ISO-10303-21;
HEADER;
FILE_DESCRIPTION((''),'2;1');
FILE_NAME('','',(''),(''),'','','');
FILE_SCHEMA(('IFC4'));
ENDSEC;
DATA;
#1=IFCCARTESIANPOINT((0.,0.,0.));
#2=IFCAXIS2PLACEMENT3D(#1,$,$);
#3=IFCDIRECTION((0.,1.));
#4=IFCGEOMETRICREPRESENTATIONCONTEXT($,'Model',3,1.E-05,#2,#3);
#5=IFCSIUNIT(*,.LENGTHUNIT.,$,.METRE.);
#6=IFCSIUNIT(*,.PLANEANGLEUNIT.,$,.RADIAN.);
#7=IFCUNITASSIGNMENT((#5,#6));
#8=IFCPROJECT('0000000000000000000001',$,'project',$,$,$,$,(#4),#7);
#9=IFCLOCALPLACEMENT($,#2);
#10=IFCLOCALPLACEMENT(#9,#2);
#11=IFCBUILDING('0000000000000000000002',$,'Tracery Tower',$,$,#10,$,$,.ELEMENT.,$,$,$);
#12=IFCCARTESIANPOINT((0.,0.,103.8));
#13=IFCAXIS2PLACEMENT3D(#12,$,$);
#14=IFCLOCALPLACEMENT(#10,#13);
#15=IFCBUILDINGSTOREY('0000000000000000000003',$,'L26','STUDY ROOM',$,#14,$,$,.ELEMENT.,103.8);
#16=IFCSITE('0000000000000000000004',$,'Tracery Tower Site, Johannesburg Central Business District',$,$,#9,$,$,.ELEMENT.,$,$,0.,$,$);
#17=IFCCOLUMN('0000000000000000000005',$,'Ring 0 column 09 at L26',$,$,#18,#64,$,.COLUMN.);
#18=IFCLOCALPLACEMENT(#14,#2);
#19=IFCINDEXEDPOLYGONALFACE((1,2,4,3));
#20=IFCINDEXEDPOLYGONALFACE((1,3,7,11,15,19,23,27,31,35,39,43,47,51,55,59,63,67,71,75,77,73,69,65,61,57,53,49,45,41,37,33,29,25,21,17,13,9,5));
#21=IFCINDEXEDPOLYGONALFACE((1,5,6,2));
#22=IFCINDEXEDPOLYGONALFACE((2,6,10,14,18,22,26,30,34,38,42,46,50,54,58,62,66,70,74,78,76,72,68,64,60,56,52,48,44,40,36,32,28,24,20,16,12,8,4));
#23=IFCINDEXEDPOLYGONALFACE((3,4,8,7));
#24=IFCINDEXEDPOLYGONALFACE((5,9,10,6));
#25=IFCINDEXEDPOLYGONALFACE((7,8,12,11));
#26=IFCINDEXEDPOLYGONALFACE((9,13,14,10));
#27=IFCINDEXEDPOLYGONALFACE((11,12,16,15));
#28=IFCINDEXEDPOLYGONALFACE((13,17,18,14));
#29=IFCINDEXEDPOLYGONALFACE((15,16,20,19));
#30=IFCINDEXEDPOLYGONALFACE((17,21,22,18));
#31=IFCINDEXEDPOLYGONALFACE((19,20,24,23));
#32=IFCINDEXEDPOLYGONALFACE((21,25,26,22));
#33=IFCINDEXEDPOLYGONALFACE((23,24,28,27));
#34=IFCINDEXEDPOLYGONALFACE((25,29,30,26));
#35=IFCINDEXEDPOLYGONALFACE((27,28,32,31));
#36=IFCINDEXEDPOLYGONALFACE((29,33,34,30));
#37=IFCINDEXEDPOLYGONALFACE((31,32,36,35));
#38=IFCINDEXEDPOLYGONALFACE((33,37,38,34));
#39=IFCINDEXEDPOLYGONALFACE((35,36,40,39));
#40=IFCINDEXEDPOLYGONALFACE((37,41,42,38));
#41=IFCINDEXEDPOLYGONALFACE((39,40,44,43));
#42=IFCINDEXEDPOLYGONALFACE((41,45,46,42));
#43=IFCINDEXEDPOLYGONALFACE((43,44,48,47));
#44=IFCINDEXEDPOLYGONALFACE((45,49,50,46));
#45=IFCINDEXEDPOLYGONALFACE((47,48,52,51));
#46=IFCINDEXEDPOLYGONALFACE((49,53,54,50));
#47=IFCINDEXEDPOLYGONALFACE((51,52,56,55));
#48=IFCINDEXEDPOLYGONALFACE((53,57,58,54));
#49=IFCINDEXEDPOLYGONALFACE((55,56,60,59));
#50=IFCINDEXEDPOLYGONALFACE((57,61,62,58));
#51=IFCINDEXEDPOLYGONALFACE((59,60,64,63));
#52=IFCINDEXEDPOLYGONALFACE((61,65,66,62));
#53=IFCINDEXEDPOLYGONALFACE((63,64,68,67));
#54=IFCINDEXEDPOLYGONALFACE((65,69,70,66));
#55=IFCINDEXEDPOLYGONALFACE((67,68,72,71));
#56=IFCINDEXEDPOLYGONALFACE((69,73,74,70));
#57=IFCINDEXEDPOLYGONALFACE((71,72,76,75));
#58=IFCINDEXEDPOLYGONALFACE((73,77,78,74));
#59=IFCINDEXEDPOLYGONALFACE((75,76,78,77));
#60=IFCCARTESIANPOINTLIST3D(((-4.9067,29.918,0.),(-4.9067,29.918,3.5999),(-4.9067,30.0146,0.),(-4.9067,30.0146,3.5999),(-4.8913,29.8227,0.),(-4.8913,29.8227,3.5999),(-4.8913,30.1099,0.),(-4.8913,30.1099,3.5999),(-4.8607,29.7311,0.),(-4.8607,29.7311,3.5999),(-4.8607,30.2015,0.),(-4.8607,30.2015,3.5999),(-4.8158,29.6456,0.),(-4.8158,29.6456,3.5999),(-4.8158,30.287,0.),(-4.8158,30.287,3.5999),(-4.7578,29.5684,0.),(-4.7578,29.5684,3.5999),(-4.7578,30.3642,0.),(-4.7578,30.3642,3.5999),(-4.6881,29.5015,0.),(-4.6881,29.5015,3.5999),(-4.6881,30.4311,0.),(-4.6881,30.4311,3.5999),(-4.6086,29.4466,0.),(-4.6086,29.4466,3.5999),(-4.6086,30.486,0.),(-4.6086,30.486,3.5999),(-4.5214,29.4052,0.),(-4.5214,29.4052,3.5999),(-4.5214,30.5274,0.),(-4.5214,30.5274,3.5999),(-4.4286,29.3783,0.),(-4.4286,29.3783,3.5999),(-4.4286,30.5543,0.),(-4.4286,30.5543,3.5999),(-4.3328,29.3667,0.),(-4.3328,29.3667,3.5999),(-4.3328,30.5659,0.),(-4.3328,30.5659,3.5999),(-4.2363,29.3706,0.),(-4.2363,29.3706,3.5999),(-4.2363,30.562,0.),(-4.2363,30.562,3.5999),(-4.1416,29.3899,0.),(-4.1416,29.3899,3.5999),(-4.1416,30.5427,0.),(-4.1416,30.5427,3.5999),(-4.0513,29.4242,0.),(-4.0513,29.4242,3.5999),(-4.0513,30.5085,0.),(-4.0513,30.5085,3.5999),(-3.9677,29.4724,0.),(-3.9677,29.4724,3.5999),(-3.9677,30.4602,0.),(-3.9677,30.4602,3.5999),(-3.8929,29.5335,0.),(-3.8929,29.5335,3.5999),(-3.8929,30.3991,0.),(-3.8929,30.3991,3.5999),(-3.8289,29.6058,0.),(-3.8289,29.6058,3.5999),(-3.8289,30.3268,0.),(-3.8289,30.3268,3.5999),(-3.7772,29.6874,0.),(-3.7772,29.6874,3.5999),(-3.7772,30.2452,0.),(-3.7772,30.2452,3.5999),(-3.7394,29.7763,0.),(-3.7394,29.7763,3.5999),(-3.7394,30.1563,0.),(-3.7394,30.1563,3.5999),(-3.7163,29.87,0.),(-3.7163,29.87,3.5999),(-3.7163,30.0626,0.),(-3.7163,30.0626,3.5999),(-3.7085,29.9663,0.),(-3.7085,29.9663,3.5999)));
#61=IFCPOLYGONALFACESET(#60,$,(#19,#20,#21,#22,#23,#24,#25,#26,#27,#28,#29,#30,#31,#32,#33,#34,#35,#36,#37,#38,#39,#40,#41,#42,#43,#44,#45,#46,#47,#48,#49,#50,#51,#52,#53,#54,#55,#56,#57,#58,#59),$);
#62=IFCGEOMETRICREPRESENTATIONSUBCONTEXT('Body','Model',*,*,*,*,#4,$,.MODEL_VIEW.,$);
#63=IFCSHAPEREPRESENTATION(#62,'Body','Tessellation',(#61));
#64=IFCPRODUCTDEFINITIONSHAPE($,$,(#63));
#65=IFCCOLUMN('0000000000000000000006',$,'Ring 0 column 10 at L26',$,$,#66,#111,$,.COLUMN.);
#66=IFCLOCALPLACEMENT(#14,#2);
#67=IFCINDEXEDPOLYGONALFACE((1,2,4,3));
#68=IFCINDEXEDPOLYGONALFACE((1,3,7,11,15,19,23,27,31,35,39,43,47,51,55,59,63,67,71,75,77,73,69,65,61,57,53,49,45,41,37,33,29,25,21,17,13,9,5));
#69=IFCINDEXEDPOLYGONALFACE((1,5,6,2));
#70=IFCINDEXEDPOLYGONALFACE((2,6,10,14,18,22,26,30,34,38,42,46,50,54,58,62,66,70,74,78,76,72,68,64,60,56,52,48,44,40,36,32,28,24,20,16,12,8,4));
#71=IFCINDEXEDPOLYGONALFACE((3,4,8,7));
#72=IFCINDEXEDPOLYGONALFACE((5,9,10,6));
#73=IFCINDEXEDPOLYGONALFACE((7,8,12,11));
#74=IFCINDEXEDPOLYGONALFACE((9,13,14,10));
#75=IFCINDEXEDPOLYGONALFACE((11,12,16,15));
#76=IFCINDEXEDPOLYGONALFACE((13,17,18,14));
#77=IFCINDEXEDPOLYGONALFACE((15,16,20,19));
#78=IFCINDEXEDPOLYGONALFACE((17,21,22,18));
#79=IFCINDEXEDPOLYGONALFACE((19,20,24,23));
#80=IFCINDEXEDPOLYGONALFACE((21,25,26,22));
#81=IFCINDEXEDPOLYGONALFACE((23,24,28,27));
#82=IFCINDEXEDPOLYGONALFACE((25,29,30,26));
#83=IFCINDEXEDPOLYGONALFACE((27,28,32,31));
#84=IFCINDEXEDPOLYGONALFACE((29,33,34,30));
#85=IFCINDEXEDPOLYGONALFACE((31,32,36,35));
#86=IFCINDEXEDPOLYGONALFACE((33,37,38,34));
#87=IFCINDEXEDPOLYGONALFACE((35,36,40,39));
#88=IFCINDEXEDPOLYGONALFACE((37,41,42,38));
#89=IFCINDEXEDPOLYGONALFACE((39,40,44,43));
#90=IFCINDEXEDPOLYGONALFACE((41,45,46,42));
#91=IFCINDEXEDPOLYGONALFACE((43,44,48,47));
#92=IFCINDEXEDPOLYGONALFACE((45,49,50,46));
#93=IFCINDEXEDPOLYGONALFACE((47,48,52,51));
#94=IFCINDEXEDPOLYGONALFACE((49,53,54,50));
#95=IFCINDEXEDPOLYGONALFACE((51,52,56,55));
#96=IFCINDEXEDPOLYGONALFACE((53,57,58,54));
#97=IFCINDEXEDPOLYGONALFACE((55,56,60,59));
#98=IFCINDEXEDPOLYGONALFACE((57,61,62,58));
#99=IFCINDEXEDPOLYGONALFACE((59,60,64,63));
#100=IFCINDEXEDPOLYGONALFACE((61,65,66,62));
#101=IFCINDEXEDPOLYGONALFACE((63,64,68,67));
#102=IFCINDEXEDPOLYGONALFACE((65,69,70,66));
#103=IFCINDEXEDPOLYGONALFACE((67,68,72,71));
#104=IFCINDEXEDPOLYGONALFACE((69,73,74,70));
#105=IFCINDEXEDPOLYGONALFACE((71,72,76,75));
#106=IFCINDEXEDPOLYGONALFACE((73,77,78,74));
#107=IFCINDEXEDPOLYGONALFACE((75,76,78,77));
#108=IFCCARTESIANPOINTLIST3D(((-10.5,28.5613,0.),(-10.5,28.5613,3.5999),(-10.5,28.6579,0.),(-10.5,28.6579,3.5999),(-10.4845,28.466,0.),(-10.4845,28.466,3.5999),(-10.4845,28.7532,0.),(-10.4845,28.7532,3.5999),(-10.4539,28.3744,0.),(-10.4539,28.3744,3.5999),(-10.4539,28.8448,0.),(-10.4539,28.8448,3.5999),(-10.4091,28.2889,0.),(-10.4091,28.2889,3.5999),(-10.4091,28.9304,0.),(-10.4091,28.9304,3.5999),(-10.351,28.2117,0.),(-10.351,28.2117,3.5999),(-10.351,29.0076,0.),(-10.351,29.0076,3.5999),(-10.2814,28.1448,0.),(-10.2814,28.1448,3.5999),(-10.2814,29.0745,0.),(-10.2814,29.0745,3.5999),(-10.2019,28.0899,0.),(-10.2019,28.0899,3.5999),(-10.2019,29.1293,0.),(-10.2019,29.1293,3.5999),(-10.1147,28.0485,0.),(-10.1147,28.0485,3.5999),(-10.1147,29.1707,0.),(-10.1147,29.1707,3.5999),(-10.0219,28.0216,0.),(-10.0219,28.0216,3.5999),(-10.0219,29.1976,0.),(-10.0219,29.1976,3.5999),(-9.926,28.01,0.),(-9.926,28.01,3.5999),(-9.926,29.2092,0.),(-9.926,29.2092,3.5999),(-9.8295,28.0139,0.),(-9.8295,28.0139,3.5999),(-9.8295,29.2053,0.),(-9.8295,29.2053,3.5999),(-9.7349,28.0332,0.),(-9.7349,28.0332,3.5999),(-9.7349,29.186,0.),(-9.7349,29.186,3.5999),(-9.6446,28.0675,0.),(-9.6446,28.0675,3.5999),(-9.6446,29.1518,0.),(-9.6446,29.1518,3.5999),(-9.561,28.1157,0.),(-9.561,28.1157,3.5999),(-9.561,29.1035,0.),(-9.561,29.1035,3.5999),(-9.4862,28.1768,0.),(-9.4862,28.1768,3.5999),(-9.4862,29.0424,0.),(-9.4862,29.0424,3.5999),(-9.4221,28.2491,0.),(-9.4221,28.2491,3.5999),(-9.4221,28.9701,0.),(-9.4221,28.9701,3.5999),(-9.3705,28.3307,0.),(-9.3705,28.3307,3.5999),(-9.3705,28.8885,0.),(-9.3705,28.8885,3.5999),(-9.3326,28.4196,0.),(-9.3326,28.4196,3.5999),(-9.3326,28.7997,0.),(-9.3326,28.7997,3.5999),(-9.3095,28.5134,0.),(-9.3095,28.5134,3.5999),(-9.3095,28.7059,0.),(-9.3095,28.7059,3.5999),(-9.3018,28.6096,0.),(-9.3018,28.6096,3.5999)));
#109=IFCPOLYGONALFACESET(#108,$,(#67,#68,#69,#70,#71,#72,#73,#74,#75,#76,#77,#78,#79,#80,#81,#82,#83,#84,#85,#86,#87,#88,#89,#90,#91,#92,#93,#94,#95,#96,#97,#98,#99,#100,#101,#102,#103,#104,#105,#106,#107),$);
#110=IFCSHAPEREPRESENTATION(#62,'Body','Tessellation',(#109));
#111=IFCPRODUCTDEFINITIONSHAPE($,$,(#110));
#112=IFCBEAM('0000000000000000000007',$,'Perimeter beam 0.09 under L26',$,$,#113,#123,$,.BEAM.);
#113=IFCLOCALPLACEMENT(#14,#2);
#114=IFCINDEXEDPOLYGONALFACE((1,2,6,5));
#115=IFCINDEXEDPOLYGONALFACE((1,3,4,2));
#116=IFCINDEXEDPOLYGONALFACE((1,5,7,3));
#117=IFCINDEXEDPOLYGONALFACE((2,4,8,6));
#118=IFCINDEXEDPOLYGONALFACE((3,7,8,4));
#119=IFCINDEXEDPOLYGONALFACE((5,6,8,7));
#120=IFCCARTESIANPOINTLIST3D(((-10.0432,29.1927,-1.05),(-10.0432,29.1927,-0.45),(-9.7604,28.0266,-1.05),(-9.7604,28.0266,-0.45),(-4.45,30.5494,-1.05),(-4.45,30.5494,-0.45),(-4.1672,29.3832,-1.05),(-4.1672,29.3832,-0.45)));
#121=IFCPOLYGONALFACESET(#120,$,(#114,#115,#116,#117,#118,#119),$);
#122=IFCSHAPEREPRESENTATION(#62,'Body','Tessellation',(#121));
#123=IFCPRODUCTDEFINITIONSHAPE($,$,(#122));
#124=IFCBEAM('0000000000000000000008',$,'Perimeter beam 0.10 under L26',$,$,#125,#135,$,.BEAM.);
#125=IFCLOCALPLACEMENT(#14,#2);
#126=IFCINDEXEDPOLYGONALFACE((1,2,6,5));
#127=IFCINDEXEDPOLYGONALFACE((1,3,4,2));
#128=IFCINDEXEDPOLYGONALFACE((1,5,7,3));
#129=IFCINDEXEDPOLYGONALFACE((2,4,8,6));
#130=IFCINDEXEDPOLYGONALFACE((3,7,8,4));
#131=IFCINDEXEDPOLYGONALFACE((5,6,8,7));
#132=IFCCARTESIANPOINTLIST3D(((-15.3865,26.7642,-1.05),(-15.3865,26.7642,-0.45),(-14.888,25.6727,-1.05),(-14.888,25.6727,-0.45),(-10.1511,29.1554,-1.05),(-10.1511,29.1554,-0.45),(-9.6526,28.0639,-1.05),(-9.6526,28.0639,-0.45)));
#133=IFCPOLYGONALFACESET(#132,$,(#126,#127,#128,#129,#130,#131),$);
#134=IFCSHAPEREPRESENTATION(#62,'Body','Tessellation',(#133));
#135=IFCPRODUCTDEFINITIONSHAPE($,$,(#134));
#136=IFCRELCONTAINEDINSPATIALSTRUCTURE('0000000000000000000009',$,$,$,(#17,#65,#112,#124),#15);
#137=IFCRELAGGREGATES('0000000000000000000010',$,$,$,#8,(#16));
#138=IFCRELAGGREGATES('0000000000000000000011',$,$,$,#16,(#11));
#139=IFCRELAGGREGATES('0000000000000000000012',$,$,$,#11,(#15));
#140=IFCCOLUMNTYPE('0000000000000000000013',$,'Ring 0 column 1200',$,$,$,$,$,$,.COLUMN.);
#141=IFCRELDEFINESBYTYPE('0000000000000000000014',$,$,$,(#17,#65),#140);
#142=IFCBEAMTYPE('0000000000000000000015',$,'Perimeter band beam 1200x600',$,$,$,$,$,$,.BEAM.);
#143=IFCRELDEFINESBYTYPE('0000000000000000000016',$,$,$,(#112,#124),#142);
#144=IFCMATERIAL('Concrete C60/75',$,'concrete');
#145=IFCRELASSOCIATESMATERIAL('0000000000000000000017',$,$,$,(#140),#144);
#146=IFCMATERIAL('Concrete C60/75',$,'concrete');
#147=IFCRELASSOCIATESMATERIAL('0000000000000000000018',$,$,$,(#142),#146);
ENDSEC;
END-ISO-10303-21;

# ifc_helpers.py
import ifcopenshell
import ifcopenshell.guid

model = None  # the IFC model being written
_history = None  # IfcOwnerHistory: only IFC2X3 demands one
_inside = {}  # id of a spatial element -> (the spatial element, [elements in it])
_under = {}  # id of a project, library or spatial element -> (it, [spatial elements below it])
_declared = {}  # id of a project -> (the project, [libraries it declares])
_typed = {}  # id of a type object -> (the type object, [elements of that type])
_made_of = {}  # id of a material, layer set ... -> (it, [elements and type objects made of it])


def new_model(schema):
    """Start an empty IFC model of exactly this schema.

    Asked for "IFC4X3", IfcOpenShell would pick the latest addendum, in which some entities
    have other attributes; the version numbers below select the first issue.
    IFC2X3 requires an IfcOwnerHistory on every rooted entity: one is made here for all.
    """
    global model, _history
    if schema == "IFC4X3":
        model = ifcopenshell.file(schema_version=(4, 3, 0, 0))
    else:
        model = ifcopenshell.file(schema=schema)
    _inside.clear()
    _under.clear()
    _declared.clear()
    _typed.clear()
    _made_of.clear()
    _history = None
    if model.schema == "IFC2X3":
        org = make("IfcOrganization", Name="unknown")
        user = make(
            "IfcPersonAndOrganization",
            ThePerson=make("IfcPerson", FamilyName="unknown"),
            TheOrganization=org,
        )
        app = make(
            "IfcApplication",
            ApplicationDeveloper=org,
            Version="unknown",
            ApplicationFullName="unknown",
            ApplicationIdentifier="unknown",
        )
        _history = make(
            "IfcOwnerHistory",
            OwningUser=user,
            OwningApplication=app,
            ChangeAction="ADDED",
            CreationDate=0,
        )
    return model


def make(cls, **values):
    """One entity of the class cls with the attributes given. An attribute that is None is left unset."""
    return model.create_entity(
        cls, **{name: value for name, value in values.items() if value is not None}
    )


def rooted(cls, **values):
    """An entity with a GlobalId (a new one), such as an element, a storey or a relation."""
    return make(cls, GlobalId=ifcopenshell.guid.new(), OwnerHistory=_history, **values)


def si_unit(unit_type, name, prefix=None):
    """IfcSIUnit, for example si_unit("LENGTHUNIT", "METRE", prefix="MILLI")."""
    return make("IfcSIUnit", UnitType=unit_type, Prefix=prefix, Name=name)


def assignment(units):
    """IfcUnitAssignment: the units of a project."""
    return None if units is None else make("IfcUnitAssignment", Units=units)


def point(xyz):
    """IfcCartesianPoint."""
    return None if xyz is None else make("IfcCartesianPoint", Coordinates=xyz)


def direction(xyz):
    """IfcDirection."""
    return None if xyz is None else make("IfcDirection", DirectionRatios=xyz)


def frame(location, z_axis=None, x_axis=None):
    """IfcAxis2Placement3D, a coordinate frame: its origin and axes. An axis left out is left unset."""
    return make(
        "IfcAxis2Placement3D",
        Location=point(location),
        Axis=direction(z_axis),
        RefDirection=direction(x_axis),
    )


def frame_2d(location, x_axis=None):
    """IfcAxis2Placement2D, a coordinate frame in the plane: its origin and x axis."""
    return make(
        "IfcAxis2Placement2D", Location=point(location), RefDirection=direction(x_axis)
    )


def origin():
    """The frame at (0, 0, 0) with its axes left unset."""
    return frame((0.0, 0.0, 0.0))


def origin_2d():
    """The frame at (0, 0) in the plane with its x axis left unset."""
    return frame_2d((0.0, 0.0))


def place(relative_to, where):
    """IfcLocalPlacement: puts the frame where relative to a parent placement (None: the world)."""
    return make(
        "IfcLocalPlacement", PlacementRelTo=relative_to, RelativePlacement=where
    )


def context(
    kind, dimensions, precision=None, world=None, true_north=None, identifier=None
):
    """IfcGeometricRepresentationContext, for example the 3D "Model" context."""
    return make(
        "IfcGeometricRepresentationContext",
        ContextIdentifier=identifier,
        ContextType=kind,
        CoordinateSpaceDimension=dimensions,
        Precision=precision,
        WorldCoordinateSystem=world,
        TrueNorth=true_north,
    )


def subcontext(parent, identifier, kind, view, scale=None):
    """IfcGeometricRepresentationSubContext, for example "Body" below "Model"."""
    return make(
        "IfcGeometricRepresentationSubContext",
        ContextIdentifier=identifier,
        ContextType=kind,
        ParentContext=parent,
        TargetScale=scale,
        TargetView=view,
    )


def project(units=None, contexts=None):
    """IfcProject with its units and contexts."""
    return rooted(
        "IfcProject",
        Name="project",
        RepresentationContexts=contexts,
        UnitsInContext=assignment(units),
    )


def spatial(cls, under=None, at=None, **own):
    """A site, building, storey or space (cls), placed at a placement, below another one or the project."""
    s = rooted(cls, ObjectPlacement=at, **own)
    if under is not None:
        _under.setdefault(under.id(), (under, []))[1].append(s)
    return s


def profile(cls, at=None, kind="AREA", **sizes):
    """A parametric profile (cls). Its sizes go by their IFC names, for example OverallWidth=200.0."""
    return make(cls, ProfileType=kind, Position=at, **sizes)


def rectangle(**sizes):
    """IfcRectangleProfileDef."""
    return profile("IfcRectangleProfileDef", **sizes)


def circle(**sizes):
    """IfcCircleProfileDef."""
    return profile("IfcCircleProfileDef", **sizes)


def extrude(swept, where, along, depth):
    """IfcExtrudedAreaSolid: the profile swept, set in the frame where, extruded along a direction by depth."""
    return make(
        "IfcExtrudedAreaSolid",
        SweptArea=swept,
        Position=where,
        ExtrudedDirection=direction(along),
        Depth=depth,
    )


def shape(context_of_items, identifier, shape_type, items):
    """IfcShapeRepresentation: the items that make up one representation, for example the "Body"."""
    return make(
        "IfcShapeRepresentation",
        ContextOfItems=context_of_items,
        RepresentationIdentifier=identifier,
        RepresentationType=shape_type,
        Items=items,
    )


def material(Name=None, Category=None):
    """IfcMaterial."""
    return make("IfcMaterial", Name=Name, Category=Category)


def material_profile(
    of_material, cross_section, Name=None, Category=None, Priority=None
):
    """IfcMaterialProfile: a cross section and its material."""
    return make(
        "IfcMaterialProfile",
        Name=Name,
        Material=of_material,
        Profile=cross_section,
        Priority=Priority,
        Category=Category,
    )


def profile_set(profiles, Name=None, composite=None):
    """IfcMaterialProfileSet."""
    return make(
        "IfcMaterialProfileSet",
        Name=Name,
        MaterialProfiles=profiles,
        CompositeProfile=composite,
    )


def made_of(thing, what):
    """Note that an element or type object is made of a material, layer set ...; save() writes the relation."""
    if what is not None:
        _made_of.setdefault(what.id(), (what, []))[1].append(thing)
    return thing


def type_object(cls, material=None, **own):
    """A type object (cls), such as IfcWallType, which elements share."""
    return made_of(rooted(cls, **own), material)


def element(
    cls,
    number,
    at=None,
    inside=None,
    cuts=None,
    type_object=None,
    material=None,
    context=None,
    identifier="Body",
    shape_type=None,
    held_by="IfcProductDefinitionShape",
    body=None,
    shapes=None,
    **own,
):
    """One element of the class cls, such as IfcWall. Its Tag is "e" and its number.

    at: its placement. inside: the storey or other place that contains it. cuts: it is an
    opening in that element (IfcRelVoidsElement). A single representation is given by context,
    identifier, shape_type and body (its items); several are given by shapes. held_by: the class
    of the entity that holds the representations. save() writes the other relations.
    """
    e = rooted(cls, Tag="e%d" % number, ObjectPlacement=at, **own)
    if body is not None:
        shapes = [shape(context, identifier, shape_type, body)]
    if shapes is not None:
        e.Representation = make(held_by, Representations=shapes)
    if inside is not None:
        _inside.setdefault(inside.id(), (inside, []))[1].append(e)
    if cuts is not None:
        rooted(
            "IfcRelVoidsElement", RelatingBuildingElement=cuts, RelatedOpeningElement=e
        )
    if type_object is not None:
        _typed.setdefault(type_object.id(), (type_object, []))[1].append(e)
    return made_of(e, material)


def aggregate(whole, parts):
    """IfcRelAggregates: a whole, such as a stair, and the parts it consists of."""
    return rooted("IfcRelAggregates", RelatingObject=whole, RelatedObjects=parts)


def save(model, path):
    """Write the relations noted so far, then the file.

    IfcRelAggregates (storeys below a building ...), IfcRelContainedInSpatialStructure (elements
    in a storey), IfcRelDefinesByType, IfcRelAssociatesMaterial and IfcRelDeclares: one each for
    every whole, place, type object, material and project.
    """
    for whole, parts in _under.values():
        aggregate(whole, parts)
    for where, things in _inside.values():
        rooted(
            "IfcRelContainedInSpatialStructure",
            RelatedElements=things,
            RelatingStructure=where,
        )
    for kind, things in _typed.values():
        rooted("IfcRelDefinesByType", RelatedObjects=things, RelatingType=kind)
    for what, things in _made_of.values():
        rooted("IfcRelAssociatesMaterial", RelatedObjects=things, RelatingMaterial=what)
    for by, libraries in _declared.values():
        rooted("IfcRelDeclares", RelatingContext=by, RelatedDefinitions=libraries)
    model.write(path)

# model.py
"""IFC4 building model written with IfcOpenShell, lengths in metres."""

from ifc_helpers import new_model, si_unit, direction, frame, origin, origin_2d, place, context, subcontext, project, spatial, rectangle, circle, extrude, material, material_profile, profile_set, type_object, element, save


model = new_model("IFC4")

# Units and contexts
model_context = context("Model", 3, precision=1e-05, world=origin(), true_north=direction((0.0, 1.0)))
body_context = subcontext(model_context, "Body", "Model", "MODEL_VIEW")
ifc_project = project(units=[si_unit("LENGTHUNIT", "METRE"), si_unit("PLANEANGLEUNIT", "RADIAN")], contexts=[model_context])

# Site, building, storey
site_placement = place(None, origin())
site = spatial("IfcSite", under=ifc_project, at=site_placement, Name="Tracery Tower Site, Johannesburg Central Business District", CompositionType="ELEMENT", RefElevation=0.0)
building_placement = place(site_placement, origin())
building = spatial("IfcBuilding", under=site, at=building_placement, Name="Tracery Tower", CompositionType="ELEMENT")
storey_placement = place(building_placement, frame((0.0, 0.0, 103.8)))
storey = spatial("IfcBuildingStorey", under=building, at=storey_placement, Name="L26", Description="STUDY ROOM", CompositionType="ELEMENT", Elevation=103.8)

# Columns
ifc_material_1 = material(Name="Concrete C60/75", Category="concrete")
ifc_material_profile_1 = material_profile(ifc_material_1, circle(Radius=0.6001, at=origin_2d()), Name="RC D1200")
ifc_profile_set_1 = profile_set([ifc_material_profile_1], Name="Concrete C60/75")
column_type = type_object("IfcColumnType", Name="Ring 0 column 1200", PredefinedType="COLUMN", material=ifc_profile_set_1)
for number, where, z_axis, x_axis, name in (
    (1, (-4.3086, 29.9663, 0.0), (0.0, 0.0, 1.0), (1.0, 0.0, 0.0), "Ring 0 column 09 at L26"),
    (2, (-9.9019, 28.6096, 0.0), (0.0, 0.0, 1.0), (1.0, 0.0, 0.0), "Ring 0 column 10 at L26"),
):
    element("IfcColumn", number, at=place(storey_placement, frame(where, z_axis=z_axis, x_axis=x_axis)), inside=storey, type_object=column_type, Name=name, PredefinedType="COLUMN", context=body_context, shape_type="SweptSolid", body=[
        extrude(circle(Radius=0.6001, at=origin_2d()), origin(), (0.0, 0.0, 1.0), 3.5999),
    ])

# Beams
ifc_material_2 = material(Name="Concrete C60/75", Category="concrete")
ifc_material_profile_2 = material_profile(ifc_material_2, rectangle(XDim=1.2, YDim=0.6001, at=origin_2d()), Name="RC 1200x600")
ifc_profile_set_2 = profile_set([ifc_material_profile_2], Name="Concrete C60/75")
beam_type = type_object("IfcBeamType", Name="Perimeter band beam 1200x600", PredefinedType="BEAM", material=ifc_profile_set_2)
beam_1_placement = place(storey_placement, frame((-4.3086, 29.9663, -0.75), z_axis=(-0.97182, -0.235723, 0.0), x_axis=(0.235723, -0.97182, 0.0)))
element("IfcBeam", 3, at=beam_1_placement, inside=storey, type_object=beam_type, Name="Perimeter beam 0.09 under L26", PredefinedType="BEAM", context=body_context, shape_type="SweptSolid", body=[
    extrude(rectangle(XDim=1.2, YDim=0.6001, at=origin_2d()), origin(), (0.0, 0.0, 1.0), 5.7554),
])
beam_2_placement = place(storey_placement, frame((-9.9019, 28.6096, -0.75), z_axis=(-0.909618, -0.415445, 0.0), x_axis=(0.415445, -0.909618, 0.0)))
element("IfcBeam", 4, at=beam_2_placement, inside=storey, type_object=beam_type, Name="Perimeter beam 0.10 under L26", PredefinedType="BEAM", context=body_context, shape_type="SweptSolid", body=[
    extrude(rectangle(XDim=1.2, YDim=0.6001, at=origin_2d()), origin(), (0.0, 0.0, 1.0), 5.7556),
])

save(model, "model.ifc")
